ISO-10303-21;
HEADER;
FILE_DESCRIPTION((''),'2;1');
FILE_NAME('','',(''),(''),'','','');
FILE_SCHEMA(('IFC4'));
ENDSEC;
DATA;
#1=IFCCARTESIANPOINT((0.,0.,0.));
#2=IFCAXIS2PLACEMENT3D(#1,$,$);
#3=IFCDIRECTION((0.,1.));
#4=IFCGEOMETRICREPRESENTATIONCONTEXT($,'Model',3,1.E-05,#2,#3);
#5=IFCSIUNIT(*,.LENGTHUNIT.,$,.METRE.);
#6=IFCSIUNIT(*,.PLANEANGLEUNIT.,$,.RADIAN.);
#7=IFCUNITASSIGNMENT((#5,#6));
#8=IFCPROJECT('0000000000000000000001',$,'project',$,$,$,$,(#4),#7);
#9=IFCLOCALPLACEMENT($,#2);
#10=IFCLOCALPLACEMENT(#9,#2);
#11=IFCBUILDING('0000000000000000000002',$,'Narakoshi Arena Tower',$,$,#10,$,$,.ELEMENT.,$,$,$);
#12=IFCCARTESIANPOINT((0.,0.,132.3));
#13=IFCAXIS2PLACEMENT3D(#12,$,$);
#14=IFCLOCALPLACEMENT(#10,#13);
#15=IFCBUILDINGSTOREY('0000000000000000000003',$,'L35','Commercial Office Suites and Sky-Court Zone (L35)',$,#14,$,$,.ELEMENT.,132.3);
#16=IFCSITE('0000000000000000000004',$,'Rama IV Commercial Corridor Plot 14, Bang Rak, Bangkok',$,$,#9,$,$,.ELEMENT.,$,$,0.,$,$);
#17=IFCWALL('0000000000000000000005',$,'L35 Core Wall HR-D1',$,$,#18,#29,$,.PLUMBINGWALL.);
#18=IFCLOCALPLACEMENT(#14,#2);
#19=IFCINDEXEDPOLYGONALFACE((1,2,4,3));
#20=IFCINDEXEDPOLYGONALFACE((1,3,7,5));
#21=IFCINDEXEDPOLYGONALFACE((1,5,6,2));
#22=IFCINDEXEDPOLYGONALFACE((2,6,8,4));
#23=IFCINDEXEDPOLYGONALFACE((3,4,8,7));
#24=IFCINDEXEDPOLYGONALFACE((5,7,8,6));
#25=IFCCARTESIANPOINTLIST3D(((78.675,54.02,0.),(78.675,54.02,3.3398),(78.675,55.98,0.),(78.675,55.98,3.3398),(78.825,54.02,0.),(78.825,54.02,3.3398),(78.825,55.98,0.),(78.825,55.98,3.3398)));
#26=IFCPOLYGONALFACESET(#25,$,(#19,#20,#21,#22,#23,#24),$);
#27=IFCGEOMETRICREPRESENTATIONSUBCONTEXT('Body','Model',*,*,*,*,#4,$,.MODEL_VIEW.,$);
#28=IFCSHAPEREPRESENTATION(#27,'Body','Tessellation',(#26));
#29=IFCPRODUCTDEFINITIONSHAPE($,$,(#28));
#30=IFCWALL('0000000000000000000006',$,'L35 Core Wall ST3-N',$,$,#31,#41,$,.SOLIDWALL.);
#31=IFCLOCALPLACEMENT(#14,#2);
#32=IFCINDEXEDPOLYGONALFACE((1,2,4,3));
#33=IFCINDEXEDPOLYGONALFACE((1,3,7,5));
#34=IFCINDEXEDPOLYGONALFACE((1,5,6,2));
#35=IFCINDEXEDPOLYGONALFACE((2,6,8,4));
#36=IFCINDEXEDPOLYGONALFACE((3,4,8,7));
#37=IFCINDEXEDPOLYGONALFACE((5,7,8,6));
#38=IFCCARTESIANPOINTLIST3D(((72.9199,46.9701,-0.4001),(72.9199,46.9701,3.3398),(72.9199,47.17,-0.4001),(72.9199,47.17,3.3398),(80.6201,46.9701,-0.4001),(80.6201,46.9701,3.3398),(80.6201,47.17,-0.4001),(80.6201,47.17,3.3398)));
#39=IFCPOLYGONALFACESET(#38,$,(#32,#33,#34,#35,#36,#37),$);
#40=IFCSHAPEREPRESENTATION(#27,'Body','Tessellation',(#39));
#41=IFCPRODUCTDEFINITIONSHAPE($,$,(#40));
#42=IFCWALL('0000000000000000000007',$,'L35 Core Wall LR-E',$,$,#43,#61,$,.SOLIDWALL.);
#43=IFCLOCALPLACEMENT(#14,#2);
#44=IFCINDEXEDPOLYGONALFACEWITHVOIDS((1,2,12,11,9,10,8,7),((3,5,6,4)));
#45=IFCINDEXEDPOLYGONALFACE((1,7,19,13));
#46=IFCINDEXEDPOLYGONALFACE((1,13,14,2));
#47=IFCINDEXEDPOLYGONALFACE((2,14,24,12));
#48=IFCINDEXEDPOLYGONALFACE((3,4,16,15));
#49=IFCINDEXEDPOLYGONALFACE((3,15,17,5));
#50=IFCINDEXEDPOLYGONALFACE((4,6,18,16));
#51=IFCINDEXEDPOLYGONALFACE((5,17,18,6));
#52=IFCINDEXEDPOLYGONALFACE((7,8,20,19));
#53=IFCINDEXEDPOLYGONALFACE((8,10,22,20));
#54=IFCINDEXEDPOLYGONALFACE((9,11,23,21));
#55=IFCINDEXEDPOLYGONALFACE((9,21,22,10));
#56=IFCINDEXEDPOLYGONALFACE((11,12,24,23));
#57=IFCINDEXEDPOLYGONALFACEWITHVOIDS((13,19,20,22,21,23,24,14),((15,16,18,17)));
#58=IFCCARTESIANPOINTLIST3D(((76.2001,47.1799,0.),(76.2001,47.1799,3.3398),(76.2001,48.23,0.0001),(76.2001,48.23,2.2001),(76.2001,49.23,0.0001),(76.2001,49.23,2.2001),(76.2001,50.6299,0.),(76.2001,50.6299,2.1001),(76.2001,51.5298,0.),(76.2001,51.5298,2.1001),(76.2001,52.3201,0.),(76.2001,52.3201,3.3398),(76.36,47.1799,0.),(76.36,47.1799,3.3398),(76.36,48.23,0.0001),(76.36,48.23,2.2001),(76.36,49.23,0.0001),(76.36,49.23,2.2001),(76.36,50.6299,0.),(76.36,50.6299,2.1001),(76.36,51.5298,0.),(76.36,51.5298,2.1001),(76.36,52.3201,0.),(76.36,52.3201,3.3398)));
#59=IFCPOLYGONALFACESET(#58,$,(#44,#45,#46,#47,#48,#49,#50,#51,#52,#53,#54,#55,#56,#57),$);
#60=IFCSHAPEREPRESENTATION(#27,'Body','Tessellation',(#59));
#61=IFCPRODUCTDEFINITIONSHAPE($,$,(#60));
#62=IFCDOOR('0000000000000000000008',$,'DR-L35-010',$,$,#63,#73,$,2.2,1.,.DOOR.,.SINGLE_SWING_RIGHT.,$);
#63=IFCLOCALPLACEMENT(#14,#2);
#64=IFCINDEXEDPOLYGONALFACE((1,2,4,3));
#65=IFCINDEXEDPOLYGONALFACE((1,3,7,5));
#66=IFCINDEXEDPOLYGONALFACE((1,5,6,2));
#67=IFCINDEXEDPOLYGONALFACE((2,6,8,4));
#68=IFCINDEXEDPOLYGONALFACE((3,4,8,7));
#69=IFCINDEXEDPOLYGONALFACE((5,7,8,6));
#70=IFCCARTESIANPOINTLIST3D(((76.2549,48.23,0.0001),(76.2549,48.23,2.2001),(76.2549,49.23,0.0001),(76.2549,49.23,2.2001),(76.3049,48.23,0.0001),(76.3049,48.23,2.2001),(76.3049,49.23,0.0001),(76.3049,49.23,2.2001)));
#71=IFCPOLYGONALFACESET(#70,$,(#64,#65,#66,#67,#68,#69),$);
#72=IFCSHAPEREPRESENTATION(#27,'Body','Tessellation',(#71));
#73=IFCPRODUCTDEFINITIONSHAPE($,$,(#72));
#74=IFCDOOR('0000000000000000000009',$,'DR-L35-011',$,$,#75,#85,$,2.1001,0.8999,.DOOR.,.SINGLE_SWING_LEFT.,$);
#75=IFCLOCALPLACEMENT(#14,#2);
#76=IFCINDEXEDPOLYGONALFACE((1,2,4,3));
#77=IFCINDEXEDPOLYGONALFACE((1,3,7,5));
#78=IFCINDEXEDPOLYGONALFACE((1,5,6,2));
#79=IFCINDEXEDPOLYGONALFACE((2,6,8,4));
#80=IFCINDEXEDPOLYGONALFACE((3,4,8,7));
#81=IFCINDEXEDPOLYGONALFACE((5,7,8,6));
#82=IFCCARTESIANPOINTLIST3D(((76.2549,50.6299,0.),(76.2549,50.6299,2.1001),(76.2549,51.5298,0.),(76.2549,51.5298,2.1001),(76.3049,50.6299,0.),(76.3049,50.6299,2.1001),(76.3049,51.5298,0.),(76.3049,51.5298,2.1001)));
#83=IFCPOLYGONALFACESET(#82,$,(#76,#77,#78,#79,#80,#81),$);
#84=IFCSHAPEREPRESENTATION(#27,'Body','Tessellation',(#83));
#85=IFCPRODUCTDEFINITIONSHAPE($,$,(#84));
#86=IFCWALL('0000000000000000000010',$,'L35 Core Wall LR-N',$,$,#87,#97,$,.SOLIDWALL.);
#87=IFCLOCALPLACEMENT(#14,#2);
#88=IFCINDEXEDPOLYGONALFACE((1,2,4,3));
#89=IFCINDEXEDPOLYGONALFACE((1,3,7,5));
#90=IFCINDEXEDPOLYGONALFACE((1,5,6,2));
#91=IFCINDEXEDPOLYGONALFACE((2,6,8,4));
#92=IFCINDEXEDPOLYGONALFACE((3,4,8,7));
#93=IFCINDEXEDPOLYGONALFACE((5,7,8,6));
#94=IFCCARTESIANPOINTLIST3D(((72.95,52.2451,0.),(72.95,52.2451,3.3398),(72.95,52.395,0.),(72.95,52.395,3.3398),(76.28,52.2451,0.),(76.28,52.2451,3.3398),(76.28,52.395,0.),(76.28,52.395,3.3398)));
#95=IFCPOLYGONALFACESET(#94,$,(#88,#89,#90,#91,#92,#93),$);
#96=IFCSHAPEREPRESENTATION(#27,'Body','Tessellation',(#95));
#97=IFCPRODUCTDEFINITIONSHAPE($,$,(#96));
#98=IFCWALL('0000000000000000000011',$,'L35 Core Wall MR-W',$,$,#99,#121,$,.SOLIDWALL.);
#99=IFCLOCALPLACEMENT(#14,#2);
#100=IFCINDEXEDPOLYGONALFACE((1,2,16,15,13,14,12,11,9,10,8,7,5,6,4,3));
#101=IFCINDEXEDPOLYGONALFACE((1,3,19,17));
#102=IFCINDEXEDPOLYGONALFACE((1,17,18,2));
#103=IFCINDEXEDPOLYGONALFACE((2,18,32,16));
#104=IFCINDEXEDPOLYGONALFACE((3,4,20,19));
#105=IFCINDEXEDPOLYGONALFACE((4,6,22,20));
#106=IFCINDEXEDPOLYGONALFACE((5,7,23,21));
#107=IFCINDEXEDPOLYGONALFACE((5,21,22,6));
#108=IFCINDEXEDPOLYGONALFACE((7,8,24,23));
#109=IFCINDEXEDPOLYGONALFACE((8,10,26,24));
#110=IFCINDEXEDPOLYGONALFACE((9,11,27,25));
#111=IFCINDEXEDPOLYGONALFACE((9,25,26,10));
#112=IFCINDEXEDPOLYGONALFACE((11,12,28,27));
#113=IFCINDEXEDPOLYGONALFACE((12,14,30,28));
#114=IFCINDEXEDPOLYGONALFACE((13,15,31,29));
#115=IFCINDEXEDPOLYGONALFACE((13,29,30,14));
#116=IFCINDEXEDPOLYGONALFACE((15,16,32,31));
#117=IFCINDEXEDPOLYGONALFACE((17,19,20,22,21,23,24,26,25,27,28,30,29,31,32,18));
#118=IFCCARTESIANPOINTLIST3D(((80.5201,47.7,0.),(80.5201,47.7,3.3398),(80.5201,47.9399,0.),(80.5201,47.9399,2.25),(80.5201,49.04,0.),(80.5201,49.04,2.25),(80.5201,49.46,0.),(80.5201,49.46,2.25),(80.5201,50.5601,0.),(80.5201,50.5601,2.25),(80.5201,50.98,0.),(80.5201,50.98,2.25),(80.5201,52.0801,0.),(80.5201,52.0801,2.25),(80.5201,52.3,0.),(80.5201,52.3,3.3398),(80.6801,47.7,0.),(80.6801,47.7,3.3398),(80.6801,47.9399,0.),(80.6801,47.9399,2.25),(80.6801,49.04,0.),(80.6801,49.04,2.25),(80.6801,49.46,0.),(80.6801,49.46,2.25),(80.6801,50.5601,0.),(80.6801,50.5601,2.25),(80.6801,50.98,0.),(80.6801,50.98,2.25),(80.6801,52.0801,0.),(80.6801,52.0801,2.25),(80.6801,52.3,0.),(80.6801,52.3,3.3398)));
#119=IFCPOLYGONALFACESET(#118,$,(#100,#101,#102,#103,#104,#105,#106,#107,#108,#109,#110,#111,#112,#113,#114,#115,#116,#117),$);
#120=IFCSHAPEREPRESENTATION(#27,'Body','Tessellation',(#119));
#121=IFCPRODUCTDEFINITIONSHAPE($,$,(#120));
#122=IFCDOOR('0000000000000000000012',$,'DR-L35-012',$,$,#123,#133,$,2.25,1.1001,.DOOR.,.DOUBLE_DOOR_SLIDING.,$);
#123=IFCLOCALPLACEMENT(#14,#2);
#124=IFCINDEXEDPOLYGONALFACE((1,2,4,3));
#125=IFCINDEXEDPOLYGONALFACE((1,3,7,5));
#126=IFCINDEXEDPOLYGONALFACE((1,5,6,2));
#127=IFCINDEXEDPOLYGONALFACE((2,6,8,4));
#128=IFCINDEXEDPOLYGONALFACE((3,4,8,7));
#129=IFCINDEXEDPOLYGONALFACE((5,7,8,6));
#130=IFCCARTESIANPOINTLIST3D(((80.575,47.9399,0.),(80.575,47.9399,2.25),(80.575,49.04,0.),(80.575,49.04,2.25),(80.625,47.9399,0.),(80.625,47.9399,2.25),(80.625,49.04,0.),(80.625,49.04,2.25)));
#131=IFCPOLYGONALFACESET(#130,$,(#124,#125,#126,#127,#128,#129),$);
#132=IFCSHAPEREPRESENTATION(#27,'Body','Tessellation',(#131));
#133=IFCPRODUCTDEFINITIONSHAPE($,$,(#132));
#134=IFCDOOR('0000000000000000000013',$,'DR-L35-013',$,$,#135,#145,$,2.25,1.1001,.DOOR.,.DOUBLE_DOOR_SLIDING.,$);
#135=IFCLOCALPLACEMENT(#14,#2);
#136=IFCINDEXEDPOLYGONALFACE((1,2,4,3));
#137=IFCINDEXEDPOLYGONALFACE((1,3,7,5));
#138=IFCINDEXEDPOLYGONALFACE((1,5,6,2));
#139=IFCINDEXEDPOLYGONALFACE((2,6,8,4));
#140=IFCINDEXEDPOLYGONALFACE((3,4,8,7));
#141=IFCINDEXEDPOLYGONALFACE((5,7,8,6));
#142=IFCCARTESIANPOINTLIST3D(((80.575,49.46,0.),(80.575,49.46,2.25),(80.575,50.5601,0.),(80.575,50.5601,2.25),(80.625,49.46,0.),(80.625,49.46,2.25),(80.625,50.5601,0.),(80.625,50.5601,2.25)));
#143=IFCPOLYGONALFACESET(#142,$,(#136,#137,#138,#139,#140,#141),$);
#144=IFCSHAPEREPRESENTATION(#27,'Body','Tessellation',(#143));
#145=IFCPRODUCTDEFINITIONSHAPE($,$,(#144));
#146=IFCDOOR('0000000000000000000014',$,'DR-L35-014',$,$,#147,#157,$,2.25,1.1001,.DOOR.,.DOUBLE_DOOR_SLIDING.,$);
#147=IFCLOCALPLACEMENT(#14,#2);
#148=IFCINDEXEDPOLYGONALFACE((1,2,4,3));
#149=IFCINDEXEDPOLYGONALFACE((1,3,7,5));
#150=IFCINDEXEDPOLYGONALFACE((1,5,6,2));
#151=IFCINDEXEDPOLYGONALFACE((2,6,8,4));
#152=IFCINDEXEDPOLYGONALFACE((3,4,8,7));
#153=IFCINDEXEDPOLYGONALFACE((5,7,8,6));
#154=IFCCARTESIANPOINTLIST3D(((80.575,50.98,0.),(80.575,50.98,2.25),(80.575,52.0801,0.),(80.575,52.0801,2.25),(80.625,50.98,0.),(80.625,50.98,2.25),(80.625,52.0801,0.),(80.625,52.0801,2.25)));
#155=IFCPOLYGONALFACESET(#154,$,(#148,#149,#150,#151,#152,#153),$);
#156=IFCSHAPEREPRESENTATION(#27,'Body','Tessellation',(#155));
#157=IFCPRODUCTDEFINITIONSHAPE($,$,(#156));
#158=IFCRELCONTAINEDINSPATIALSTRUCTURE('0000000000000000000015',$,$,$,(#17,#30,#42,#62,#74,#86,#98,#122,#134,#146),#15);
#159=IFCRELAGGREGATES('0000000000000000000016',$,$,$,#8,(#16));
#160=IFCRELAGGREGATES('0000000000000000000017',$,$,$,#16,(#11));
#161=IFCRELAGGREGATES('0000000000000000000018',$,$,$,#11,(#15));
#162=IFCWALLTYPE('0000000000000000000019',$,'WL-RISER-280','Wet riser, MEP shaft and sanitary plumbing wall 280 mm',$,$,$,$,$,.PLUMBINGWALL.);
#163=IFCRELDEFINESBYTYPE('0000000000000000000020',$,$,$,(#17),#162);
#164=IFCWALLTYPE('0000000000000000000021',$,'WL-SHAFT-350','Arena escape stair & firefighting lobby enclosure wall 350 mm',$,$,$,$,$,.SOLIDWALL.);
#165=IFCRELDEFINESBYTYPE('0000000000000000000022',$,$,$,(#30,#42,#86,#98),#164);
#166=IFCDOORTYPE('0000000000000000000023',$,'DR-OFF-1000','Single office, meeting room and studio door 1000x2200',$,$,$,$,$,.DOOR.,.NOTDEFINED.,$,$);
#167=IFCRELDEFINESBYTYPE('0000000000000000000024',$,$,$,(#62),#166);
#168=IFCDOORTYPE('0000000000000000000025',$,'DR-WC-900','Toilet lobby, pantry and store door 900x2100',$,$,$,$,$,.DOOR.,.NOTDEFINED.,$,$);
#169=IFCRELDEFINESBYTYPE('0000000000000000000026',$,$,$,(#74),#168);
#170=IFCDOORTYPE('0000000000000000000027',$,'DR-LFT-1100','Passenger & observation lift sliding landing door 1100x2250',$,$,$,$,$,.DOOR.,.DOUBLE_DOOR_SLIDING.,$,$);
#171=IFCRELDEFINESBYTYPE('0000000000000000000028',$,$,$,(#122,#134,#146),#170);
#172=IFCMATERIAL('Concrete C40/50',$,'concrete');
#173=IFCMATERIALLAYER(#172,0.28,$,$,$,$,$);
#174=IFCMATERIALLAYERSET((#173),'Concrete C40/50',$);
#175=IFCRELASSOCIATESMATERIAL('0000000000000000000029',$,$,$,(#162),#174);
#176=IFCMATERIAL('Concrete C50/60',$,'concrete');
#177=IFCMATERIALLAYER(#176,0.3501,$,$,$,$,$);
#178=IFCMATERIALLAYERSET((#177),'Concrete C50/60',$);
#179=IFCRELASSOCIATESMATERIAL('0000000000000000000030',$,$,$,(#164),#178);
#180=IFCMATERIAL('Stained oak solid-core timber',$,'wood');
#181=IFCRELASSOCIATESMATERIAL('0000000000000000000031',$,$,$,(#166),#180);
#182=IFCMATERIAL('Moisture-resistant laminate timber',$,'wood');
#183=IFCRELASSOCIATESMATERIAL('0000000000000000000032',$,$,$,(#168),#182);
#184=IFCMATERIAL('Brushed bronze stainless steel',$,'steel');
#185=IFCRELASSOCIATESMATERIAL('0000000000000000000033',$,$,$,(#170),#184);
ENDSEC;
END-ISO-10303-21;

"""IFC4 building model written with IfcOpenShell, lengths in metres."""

from ifc_helpers import new_model, si_unit, direction, frame, frame_2d, origin, place, context, subcontext, project, spatial, rectangle, extrude, material, layer, layer_set, type_object, element, fill, save


model = new_model("IFC4")

# Units and contexts
model_context = context("Model", 3, precision=1e-05, world=origin(), true_north=direction((0.0, 1.0)))
body_context = subcontext(model_context, "Body", "Model", "MODEL_VIEW")
ifc_project = project(units=[si_unit("LENGTHUNIT", "METRE"), si_unit("PLANEANGLEUNIT", "RADIAN")], contexts=[model_context])

# Site, building, storey
site_placement = place(None, origin())
site = spatial("IfcSite", under=ifc_project, at=site_placement, Name="Rama IV Commercial Corridor Plot 14, Bang Rak, Bangkok", CompositionType="ELEMENT", RefElevation=0.0)
building_placement = place(site_placement, origin())
building = spatial("IfcBuilding", under=site, at=building_placement, Name="Narakoshi Arena Tower", CompositionType="ELEMENT")
storey_placement = place(building_placement, frame((0.0, 0.0, 132.3)))
storey = spatial("IfcBuildingStorey", under=building, at=storey_placement, Name="L35", Description="Commercial Office Suites and Sky-Court Zone (L35)", CompositionType="ELEMENT", Elevation=132.3)

# Walls
ifc_material_1 = material(Name="Concrete C40/50", Category="concrete")
ifc_layer_1 = layer(ifc_material_1, 0.28)
ifc_layer_set_1 = layer_set([ifc_layer_1], Name="Concrete C40/50")
wall_type_1 = type_object("IfcWallType", Name="WL-RISER-280", Description="Wet riser, MEP shaft and sanitary plumbing wall 280 mm", PredefinedType="PLUMBINGWALL", material=ifc_layer_set_1)
wall_1_placement = place(storey_placement, frame((78.75, 54.02, 0.0), z_axis=(0.0, 0.0, 1.0), x_axis=(0.0, 1.0, 0.0)))
element("IfcWall", 1, at=wall_1_placement, inside=storey, type_object=wall_type_1, Name="L35 Core Wall HR-D1", PredefinedType="PLUMBINGWALL", context=body_context, shape_type="SweptSolid", body=[
    extrude(rectangle(XDim=1.96, YDim=0.1499, at=frame_2d((0.98, 0.0))), origin(), (0.0, 0.0, 1.0), 3.3398),
])
ifc_material_2 = material(Name="Concrete C50/60", Category="concrete")
ifc_layer_2 = layer(ifc_material_2, 0.3501)
ifc_layer_set_2 = layer_set([ifc_layer_2], Name="Concrete C50/60")
wall_type_2 = type_object("IfcWallType", Name="WL-SHAFT-350", Description="Arena escape stair & firefighting lobby enclosure wall 350 mm", PredefinedType="SOLIDWALL", material=ifc_layer_set_2)
wall_2_placement = place(storey_placement, frame((72.9199, 47.0701, -0.4001), z_axis=(0.0, 0.0, 1.0), x_axis=(1.0, 0.0, 0.0)))
element("IfcWall", 2, at=wall_2_placement, inside=storey, type_object=wall_type_2, Name="L35 Core Wall ST3-N", PredefinedType="SOLIDWALL", context=body_context, shape_type="SweptSolid", body=[
    extrude(rectangle(XDim=7.7002, YDim=0.2, at=frame_2d((3.8501, 0.0))), origin(), (0.0, 0.0, 1.0), 3.74),
])

# Wall, openings, doors
wall_3_placement = place(storey_placement, frame((76.28, 47.1799, 0.0), z_axis=(0.0, 0.0, 1.0), x_axis=(0.0, 1.0, 0.0)))
wall_3 = element("IfcWall", 3, at=wall_3_placement, inside=storey, type_object=wall_type_2, Name="L35 Core Wall LR-E", PredefinedType="SOLIDWALL", context=body_context, shape_type="SweptSolid", body=[
    extrude(rectangle(XDim=5.1401, YDim=0.1599, at=frame_2d((2.5701, 0.0))), origin(), (0.0, 0.0, 1.0), 3.3398),
])
opening_1_placement = place(wall_3_placement, frame((1.05, 0.0, 0.0)))
opening_1 = element("IfcOpeningElement", 4, at=opening_1_placement, cuts=wall_3, PredefinedType="OPENING", context=body_context, shape_type="SweptSolid", body=[
    extrude(rectangle(XDim=1.0, YDim=2.2, at=frame_2d((0.5, 1.1001))), frame((0.0, 0.0898, 0.0), z_axis=(0.0, -1.0, 0.0), x_axis=(1.0, 0.0, 0.0)), (0.0, 0.0, 1.0), 0.1799),
])
opening_2_placement = place(wall_3_placement, frame((3.45, 0.0, 0.0)))
opening_2 = element("IfcOpeningElement", 5, at=opening_2_placement, cuts=wall_3, PredefinedType="OPENING", context=body_context, shape_type="SweptSolid", body=[
    extrude(rectangle(XDim=0.8999, YDim=2.1001, at=frame_2d((0.45, 1.05))), frame((0.0, 0.0898, 0.0), z_axis=(0.0, -1.0, 0.0), x_axis=(1.0, 0.0, 0.0)), (0.0, 0.0, 1.0), 0.1799),
])
ifc_material_3 = material(Name="Stained oak solid-core timber", Category="wood")
door_type_1 = type_object("IfcDoorType", Name="DR-OFF-1000", Description="Single office, meeting room and studio door 1000x2200", OperationType="NOTDEFINED", PredefinedType="DOOR", material=ifc_material_3)
door_1_placement = place(opening_1_placement, frame((1.0, 0.0, 0.0), z_axis=(0.0, 0.0, 1.0), x_axis=(-1.0, 0.0, 0.0)))
door_1 = element("IfcDoor", 6, at=door_1_placement, inside=storey, type_object=door_type_1, Name="DR-L35-010", OperationType="SINGLE_SWING_RIGHT", OverallHeight=2.2, OverallWidth=1.0, PredefinedType="DOOR", context=body_context, shape_type="SweptSolid", body=[
    extrude(rectangle(XDim=1.0, YDim=2.2, at=frame_2d((0.5, 1.1001))), frame((0.0, 0.0249, 0.0), z_axis=(0.0, -1.0, 0.0), x_axis=(1.0, 0.0, 0.0)), (0.0, 0.0, 1.0), 0.05),
])
fill(opening_1, door_1)
ifc_material_4 = material(Name="Moisture-resistant laminate timber", Category="wood")
door_type_2 = type_object("IfcDoorType", Name="DR-WC-900", Description="Toilet lobby, pantry and store door 900x2100", OperationType="NOTDEFINED", PredefinedType="DOOR", material=ifc_material_4)
door_2_placement = place(opening_2_placement, frame((0.8999, 0.0, 0.0), z_axis=(0.0, 0.0, 1.0), x_axis=(-1.0, 0.0, 0.0)))
door_2 = element("IfcDoor", 7, at=door_2_placement, inside=storey, type_object=door_type_2, Name="DR-L35-011", OperationType="SINGLE_SWING_LEFT", OverallHeight=2.1001, OverallWidth=0.8999, PredefinedType="DOOR", context=body_context, shape_type="SweptSolid", body=[
    extrude(rectangle(XDim=0.8999, YDim=2.1001, at=frame_2d((0.45, 1.05))), frame((0.0, 0.0249, 0.0), z_axis=(0.0, -1.0, 0.0), x_axis=(1.0, 0.0, 0.0)), (0.0, 0.0, 1.0), 0.05),
])
fill(opening_2, door_2)

# Wall
wall_4_placement = place(storey_placement, frame((72.95, 52.3201, 0.0), z_axis=(0.0, 0.0, 1.0), x_axis=(1.0, 0.0, 0.0)))
element("IfcWall", 8, at=wall_4_placement, inside=storey, type_object=wall_type_2, Name="L35 Core Wall LR-N", PredefinedType="SOLIDWALL", context=body_context, shape_type="SweptSolid", body=[
    extrude(rectangle(XDim=3.3301, YDim=0.1499, at=frame_2d((1.665, 0.0))), origin(), (0.0, 0.0, 1.0), 3.3398),
])

# Wall, openings, doors
wall_5_placement = place(storey_placement, frame((80.6001, 47.7, 0.0), z_axis=(0.0, 0.0, 1.0), x_axis=(0.0, 1.0, 0.0)))
wall_5 = element("IfcWall", 9, at=wall_5_placement, inside=storey, type_object=wall_type_2, Name="L35 Core Wall MR-W", PredefinedType="SOLIDWALL", context=body_context, shape_type="SweptSolid", body=[
    extrude(rectangle(XDim=4.6001, YDim=0.1599, at=frame_2d((2.3, 0.0))), origin(), (0.0, 0.0, 1.0), 3.3398),
])
opening_3_placement = place(wall_5_placement, frame((0.24, 0.0, 0.0)))
opening_3 = element("IfcOpeningElement", 10, at=opening_3_placement, cuts=wall_5, PredefinedType="OPENING", context=body_context, shape_type="SweptSolid", body=[
    extrude(rectangle(XDim=1.1001, YDim=2.25, at=frame_2d((0.55, 1.125))), frame((0.0, 0.0898, 0.0), z_axis=(0.0, -1.0, 0.0), x_axis=(1.0, 0.0, 0.0)), (0.0, 0.0, 1.0), 0.1799),
])
opening_4_placement = place(wall_5_placement, frame((1.76, 0.0, 0.0)))
opening_4 = element("IfcOpeningElement", 11, at=opening_4_placement, cuts=wall_5, PredefinedType="OPENING", context=body_context, shape_type="SweptSolid", body=[
    extrude(rectangle(XDim=1.1001, YDim=2.25, at=frame_2d((0.55, 1.125))), frame((0.0, 0.0898, 0.0), z_axis=(0.0, -1.0, 0.0), x_axis=(1.0, 0.0, 0.0)), (0.0, 0.0, 1.0), 0.1799),
])
opening_5_placement = place(wall_5_placement, frame((3.28, 0.0, 0.0)))
opening_5 = element("IfcOpeningElement", 12, at=opening_5_placement, cuts=wall_5, PredefinedType="OPENING", context=body_context, shape_type="SweptSolid", body=[
    extrude(rectangle(XDim=1.1001, YDim=2.25, at=frame_2d((0.55, 1.125))), frame((0.0, 0.0898, 0.0), z_axis=(0.0, -1.0, 0.0), x_axis=(1.0, 0.0, 0.0)), (0.0, 0.0, 1.0), 0.1799),
])
ifc_material_5 = material(Name="Brushed bronze stainless steel", Category="steel")
door_type_3 = type_object("IfcDoorType", Name="DR-LFT-1100", Description="Passenger & observation lift sliding landing door 1100x2250", OperationType="DOUBLE_DOOR_SLIDING", PredefinedType="DOOR", material=ifc_material_5)
door_3_placement = place(opening_3_placement, frame((1.1001, 0.0, 0.0), z_axis=(0.0, 0.0, 1.0), x_axis=(-1.0, 0.0, 0.0)))
door_3 = element("IfcDoor", 13, at=door_3_placement, inside=storey, type_object=door_type_3, Name="DR-L35-012", OperationType="DOUBLE_DOOR_SLIDING", OverallHeight=2.25, OverallWidth=1.1001, PredefinedType="DOOR", context=body_context, shape_type="SweptSolid", body=[
    extrude(rectangle(XDim=1.1001, YDim=2.25, at=frame_2d((0.55, 1.125))), frame((0.0, 0.0249, 0.0), z_axis=(0.0, -1.0, 0.0), x_axis=(1.0, 0.0, 0.0)), (0.0, 0.0, 1.0), 0.05),
])
fill(opening_3, door_3)
door_4_placement = place(opening_4_placement, frame((1.1001, 0.0, 0.0), z_axis=(0.0, 0.0, 1.0), x_axis=(-1.0, 0.0, 0.0)))
door_4 = element("IfcDoor", 14, at=door_4_placement, inside=storey, type_object=door_type_3, Name="DR-L35-013", OperationType="DOUBLE_DOOR_SLIDING", OverallHeight=2.25, OverallWidth=1.1001, PredefinedType="DOOR", context=body_context, shape_type="SweptSolid", body=[
    extrude(rectangle(XDim=1.1001, YDim=2.25, at=frame_2d((0.55, 1.125))), frame((0.0, 0.0249, 0.0), z_axis=(0.0, -1.0, 0.0), x_axis=(1.0, 0.0, 0.0)), (0.0, 0.0, 1.0), 0.05),
])
fill(opening_4, door_4)
door_5_placement = place(opening_5_placement, frame((1.1001, 0.0, 0.0), z_axis=(0.0, 0.0, 1.0), x_axis=(-1.0, 0.0, 0.0)))
door_5 = element("IfcDoor", 15, at=door_5_placement, inside=storey, type_object=door_type_3, Name="DR-L35-014", OperationType="DOUBLE_DOOR_SLIDING", OverallHeight=2.25, OverallWidth=1.1001, PredefinedType="DOOR", context=body_context, shape_type="SweptSolid", body=[
    extrude(rectangle(XDim=1.1001, YDim=2.25, at=frame_2d((0.55, 1.125))), frame((0.0, 0.0249, 0.0), z_axis=(0.0, -1.0, 0.0), x_axis=(1.0, 0.0, 0.0)), (0.0, 0.0, 1.0), 0.05),
])
fill(opening_5, door_5)

save(model, "model.ifc")
